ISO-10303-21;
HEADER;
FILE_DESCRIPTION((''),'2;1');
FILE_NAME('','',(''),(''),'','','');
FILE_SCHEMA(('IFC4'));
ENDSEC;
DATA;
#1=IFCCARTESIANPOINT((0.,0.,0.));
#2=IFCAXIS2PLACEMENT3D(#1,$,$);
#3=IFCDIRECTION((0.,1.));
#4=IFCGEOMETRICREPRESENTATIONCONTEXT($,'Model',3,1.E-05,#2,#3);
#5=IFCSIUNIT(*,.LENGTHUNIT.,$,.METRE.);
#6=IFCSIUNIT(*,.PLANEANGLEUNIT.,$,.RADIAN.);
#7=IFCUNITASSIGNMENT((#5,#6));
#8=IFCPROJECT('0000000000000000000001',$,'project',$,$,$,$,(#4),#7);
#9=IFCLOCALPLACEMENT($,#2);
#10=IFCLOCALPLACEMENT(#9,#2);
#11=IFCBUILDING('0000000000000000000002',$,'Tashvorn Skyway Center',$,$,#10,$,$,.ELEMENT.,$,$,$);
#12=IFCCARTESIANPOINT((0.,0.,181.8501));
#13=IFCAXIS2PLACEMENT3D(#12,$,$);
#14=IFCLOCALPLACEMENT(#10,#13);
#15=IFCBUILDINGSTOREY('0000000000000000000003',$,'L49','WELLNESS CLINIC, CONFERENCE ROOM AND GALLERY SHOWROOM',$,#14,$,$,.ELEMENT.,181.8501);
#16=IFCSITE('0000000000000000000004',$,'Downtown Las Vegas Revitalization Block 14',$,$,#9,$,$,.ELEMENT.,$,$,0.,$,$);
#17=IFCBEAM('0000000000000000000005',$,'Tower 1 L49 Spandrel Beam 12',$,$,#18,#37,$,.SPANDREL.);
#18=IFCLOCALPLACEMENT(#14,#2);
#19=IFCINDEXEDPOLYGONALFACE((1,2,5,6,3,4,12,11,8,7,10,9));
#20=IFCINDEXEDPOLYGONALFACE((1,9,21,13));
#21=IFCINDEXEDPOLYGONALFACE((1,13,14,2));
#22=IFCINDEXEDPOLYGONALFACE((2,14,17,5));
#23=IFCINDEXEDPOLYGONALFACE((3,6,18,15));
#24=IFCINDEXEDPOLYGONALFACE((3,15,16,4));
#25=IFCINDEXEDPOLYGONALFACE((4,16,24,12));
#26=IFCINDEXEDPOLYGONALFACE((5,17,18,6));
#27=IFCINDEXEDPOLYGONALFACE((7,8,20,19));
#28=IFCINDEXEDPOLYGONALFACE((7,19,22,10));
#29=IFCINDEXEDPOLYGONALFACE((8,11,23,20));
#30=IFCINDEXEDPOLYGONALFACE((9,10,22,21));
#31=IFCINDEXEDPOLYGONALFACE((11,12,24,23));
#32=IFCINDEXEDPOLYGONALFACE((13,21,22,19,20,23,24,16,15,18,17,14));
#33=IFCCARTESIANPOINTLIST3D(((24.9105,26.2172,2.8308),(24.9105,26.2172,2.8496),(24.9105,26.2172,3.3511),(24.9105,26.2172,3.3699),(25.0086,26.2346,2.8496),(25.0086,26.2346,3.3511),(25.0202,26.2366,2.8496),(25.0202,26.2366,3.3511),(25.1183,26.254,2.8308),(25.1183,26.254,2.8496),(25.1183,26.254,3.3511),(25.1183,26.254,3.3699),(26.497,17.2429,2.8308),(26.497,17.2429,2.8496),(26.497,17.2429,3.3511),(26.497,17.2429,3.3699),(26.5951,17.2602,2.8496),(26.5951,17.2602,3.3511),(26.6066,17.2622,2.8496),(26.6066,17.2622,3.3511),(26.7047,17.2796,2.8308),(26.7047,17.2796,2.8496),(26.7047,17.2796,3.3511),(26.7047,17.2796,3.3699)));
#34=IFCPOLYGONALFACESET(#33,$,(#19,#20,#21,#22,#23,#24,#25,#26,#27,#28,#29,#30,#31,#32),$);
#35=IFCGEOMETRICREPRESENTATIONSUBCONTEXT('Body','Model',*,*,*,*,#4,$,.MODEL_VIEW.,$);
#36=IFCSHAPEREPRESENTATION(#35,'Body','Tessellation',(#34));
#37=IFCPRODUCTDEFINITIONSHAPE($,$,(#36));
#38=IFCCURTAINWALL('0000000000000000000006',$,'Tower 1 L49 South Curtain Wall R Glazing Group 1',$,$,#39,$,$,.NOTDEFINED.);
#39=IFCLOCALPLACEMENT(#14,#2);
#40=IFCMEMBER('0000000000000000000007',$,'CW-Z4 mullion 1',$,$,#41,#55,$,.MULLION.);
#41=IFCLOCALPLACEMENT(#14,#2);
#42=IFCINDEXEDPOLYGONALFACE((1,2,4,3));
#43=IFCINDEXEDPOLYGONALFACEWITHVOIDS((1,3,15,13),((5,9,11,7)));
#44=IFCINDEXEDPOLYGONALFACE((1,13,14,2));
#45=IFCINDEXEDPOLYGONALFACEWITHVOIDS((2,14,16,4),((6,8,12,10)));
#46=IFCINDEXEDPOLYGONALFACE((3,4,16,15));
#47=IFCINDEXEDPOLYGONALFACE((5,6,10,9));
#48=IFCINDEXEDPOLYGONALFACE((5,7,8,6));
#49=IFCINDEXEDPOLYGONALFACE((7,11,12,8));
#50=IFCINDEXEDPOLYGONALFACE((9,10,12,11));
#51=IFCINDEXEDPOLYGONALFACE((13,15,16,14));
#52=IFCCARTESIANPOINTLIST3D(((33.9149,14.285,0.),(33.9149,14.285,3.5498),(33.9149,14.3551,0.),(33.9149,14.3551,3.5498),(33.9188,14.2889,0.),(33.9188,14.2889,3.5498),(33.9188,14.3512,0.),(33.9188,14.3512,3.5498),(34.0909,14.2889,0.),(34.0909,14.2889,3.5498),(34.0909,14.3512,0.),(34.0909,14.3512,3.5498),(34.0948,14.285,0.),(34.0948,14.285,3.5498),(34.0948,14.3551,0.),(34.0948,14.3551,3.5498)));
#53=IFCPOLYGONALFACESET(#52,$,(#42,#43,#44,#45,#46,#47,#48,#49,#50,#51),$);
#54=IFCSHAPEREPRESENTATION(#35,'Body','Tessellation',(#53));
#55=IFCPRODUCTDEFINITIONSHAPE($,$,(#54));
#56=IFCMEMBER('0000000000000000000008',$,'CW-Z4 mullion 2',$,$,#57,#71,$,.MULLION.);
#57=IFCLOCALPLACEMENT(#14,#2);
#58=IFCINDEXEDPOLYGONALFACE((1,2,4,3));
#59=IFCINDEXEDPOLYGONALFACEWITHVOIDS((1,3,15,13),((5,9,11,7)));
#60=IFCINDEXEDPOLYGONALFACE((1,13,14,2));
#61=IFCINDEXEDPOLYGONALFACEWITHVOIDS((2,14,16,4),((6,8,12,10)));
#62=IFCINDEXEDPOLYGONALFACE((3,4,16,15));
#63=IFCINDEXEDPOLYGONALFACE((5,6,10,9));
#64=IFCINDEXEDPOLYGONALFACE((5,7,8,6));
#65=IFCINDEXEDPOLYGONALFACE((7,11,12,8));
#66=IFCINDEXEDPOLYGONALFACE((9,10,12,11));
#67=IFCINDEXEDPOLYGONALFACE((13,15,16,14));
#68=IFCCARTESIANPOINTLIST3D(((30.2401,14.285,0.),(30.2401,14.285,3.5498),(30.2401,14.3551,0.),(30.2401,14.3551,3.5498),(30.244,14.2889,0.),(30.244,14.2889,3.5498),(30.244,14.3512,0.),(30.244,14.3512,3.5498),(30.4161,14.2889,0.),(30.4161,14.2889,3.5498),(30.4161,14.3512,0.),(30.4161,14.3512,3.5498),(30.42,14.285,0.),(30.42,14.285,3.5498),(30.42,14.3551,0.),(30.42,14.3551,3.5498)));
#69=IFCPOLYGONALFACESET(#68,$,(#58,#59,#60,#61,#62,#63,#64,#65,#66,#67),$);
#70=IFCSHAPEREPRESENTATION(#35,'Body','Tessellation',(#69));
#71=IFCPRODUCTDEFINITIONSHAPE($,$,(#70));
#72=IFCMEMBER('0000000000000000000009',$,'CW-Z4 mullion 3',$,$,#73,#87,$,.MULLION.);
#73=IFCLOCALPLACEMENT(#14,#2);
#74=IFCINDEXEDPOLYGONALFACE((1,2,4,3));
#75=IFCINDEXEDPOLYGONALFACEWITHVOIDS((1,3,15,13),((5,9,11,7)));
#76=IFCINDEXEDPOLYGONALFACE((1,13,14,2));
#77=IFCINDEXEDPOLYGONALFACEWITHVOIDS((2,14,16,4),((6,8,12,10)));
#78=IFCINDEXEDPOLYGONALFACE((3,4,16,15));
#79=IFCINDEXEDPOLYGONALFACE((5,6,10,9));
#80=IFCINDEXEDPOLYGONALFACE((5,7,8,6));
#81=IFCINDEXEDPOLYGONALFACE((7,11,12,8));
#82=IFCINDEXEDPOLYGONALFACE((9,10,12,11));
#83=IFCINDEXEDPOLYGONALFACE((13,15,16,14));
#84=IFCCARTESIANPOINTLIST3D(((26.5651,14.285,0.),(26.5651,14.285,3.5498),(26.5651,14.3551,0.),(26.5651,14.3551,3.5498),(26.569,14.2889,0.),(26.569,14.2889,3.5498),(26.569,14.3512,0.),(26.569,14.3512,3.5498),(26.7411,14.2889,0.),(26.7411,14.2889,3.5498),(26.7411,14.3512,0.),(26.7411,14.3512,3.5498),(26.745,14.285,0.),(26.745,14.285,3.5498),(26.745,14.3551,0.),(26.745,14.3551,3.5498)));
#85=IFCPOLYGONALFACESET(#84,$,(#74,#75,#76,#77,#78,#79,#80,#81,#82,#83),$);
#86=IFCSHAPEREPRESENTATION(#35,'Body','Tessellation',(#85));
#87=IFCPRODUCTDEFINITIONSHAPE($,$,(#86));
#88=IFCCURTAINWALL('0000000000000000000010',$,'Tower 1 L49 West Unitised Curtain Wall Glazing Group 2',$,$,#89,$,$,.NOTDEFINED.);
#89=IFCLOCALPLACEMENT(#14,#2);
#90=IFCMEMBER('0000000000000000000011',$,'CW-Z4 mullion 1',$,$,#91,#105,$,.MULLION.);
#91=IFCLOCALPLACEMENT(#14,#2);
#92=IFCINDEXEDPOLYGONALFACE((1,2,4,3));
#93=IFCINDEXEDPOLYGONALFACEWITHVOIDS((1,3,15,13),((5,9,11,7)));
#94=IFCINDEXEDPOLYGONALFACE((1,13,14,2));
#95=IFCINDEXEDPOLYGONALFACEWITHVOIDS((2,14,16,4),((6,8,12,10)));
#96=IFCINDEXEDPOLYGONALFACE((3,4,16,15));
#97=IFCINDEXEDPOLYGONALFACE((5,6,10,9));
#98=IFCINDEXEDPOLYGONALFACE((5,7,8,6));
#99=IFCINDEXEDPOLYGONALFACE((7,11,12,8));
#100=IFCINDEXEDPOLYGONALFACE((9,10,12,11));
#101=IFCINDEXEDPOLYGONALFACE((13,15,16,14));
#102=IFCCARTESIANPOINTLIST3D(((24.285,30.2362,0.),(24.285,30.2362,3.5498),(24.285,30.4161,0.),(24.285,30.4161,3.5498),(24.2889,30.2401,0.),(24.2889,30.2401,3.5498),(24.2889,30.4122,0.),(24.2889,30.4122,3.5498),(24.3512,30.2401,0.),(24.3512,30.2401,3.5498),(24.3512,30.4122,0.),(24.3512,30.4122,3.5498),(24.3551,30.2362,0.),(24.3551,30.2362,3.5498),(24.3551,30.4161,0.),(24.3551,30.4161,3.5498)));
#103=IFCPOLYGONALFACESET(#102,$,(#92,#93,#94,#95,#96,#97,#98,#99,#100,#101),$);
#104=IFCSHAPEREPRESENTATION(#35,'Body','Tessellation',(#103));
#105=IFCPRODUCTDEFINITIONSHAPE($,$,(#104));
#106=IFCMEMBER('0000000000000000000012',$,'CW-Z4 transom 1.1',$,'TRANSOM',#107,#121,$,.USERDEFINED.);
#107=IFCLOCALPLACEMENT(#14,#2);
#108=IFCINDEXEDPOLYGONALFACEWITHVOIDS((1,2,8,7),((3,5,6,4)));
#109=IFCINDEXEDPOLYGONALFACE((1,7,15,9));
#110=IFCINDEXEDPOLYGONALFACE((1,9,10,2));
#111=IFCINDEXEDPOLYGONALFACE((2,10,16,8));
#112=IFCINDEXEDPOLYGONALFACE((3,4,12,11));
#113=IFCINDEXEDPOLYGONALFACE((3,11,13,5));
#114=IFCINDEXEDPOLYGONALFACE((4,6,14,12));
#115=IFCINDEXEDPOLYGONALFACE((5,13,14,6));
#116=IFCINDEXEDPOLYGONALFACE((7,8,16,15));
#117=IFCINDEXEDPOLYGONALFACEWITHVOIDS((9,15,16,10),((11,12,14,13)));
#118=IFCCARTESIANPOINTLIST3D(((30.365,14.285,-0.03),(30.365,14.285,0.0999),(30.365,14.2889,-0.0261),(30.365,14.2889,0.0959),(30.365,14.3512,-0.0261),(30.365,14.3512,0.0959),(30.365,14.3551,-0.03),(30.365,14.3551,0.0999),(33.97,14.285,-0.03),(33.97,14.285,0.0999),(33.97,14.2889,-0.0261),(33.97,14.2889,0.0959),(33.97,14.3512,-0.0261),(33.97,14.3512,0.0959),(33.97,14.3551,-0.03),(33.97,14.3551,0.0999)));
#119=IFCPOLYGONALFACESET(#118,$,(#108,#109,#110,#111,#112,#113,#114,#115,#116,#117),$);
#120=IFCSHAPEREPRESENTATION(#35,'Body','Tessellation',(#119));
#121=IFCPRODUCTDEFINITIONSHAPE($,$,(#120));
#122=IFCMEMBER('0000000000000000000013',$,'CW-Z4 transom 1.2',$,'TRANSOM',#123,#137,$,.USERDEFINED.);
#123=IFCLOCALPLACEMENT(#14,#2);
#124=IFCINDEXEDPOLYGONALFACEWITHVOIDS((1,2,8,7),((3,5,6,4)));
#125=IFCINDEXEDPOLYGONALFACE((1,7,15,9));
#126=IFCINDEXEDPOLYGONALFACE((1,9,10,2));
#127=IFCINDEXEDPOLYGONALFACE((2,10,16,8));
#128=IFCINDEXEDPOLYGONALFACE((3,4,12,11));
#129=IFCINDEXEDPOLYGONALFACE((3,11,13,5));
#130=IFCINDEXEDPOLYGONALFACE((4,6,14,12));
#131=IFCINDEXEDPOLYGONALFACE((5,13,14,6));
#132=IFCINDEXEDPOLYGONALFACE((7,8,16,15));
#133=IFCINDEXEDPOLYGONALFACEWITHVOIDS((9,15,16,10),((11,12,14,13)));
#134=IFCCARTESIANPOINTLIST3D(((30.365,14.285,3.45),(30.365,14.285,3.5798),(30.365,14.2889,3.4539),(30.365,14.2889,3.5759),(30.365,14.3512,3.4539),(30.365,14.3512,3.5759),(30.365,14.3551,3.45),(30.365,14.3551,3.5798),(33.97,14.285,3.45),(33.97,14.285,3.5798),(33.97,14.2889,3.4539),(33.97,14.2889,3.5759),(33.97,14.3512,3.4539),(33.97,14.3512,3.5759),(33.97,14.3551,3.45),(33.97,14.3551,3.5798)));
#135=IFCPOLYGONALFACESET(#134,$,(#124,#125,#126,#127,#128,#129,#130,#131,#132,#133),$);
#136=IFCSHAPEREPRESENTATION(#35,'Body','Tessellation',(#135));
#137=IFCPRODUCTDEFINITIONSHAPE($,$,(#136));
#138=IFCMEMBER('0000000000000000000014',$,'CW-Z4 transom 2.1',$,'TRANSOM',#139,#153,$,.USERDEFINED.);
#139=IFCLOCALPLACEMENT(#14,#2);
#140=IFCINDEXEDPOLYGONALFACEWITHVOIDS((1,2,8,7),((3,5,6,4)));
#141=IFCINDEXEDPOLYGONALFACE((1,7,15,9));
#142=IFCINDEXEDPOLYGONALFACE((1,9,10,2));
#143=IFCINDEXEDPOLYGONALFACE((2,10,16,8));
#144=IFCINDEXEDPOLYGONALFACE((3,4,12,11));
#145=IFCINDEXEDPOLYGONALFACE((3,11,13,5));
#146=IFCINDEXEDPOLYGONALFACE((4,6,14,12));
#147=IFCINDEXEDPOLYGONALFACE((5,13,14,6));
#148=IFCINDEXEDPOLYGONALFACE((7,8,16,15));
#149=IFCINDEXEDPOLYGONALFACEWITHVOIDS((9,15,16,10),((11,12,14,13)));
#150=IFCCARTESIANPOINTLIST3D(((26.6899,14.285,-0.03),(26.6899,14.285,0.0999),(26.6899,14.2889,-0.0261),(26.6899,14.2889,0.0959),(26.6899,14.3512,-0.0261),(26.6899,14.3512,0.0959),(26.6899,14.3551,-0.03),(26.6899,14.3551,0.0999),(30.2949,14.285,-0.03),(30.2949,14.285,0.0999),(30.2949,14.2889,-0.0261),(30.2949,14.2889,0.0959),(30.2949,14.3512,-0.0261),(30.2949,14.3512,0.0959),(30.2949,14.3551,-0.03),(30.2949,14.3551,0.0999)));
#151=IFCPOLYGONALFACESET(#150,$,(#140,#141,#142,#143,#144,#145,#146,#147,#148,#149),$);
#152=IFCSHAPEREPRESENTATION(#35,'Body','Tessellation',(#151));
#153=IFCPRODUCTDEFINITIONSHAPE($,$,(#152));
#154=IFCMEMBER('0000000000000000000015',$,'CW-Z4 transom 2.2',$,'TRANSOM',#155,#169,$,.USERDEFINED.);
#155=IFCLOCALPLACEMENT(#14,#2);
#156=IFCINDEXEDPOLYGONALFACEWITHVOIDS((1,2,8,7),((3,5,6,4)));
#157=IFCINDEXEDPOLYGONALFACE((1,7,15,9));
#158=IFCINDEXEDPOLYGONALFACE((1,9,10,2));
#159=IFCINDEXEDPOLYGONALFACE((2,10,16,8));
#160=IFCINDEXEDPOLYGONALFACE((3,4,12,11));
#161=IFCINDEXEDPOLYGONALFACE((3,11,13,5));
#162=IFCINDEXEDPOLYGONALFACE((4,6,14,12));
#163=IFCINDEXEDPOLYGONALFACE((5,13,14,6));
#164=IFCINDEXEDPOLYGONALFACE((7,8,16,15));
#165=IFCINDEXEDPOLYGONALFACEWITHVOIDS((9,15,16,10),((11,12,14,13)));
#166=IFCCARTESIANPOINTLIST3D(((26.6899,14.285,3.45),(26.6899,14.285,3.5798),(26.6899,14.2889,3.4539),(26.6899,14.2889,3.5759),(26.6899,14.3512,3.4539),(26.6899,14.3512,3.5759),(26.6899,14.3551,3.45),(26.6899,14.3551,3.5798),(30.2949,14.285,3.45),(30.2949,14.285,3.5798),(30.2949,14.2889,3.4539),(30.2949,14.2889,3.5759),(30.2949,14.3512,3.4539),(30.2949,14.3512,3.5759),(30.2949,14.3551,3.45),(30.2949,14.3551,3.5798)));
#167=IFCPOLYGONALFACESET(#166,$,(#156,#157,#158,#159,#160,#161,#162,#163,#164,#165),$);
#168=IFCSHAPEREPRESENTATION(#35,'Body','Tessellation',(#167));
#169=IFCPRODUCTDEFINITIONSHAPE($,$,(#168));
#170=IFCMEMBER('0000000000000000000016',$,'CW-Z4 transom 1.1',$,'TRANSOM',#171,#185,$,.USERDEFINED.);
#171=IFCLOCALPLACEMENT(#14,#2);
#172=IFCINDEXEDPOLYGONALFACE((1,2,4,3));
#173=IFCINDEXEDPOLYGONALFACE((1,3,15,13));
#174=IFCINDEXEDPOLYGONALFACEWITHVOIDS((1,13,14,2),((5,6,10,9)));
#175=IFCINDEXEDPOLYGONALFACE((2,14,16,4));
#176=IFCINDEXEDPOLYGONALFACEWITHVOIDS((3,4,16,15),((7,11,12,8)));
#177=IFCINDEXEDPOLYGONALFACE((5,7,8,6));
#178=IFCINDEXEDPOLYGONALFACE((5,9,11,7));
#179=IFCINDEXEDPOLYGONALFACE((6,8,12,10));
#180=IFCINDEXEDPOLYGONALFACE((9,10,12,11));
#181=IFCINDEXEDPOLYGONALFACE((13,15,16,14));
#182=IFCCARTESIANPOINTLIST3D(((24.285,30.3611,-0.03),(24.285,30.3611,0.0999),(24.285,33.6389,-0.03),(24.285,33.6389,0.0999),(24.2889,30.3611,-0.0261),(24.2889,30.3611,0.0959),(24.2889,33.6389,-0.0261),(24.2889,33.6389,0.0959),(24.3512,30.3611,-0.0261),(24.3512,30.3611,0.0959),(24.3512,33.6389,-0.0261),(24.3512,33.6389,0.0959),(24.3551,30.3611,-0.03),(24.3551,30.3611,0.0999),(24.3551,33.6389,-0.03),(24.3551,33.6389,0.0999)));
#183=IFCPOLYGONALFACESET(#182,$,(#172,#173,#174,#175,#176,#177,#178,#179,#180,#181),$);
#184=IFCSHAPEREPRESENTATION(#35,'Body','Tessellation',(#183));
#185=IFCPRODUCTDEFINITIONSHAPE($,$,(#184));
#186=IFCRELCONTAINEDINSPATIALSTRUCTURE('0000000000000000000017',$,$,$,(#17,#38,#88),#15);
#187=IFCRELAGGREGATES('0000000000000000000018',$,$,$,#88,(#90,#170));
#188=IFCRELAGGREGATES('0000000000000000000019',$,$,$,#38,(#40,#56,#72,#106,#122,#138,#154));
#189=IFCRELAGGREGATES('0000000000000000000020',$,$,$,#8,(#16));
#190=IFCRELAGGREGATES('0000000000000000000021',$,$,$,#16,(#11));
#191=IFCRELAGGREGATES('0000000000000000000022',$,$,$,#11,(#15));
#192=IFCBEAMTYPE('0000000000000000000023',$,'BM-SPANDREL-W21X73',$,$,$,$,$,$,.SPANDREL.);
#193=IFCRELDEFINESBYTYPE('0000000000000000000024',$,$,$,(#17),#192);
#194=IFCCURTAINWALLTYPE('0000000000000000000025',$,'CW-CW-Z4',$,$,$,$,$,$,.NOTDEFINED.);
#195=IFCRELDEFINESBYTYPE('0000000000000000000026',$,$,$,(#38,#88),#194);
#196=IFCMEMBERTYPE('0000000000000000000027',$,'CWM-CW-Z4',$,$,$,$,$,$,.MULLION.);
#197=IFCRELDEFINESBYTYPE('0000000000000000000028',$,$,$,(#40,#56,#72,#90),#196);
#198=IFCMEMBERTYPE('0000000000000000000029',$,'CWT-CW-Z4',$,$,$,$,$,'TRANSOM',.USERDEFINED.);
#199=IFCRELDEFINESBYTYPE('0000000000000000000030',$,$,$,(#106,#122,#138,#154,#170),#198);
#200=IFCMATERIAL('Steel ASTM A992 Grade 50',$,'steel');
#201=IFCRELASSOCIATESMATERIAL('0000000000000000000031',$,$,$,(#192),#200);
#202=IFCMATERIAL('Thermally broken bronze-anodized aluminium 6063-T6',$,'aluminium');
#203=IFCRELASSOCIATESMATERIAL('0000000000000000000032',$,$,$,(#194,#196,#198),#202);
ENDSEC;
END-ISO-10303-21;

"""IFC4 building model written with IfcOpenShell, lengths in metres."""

from ifc_helpers import new_model, si_unit, direction, frame, origin, origin_2d, place, context, subcontext, project, spatial, hollow_rectangle, i_section, extrude, material, material_profile, profile_set, type_object, element, aggregate, save


model = new_model("IFC4")

# Units and contexts
model_context = context("Model", 3, precision=1e-05, world=origin(), true_north=direction((0.0, 1.0)))
body_context = subcontext(model_context, "Body", "Model", "MODEL_VIEW")
ifc_project = project(units=[si_unit("LENGTHUNIT", "METRE"), si_unit("PLANEANGLEUNIT", "RADIAN")], contexts=[model_context])

# Site, building, storey
site_placement = place(None, origin())
site = spatial("IfcSite", under=ifc_project, at=site_placement, Name="Downtown Las Vegas Revitalization Block 14", CompositionType="ELEMENT", RefElevation=0.0)
building_placement = place(site_placement, origin())
building = spatial("IfcBuilding", under=site, at=building_placement, Name="Tashvorn Skyway Center", CompositionType="ELEMENT")
storey_placement = place(building_placement, frame((0.0, 0.0, 181.8501)))
storey = spatial("IfcBuildingStorey", under=building, at=storey_placement, Name="L49", Description="WELLNESS CLINIC, CONFERENCE ROOM AND GALLERY SHOWROOM", CompositionType="ELEMENT", Elevation=181.8501)

# Beam
ifc_material_1 = material(Name="Steel ASTM A992 Grade 50", Category="steel")
ifc_material_profile_1 = material_profile(ifc_material_1, i_section(OverallWidth=0.2109, OverallDepth=0.5391, WebThickness=0.0117, FlangeThickness=0.0188, at=origin_2d()), Name="W21X73")
ifc_profile_set_1 = profile_set([ifc_material_profile_1], Name="Steel ASTM A992 Grade 50")
beam_type_1 = type_object("IfcBeamType", Name="BM-SPANDREL-W21X73", PredefinedType="SPANDREL", material=ifc_profile_set_1)
for number, where, z_axis, x_axis, name in (
    (1, (25.0144, 26.2356, 3.1003), (0.174074, -0.984733, 0.0), (0.984733, 0.174074, 0.0), "Tower 1 L49 Spandrel Beam 12"),
):
    element("IfcBeam", number, at=place(storey_placement, frame(where, z_axis=z_axis, x_axis=x_axis)), inside=storey, type_object=beam_type_1, Name=name, PredefinedType="SPANDREL", context=body_context, shape_type="SweptSolid", body=[
        extrude(i_section(OverallWidth=0.2109, OverallDepth=0.5391, WebThickness=0.0117, FlangeThickness=0.0188, at=origin_2d()), origin(), (0.0, 0.0, 1.0), 9.1135),
    ])

# Curtain wall, members
ifc_material_2 = material(Name="Thermally broken bronze-anodized aluminium 6063-T6", Category="aluminium")
curtain_wall_type = type_object("IfcCurtainWallType", Name="CW-CW-Z4", PredefinedType="NOTDEFINED", material=ifc_material_2)
curtain_wall_1_placement = place(storey_placement, origin())
curtain_wall_1 = element("IfcCurtainWall", 2, at=curtain_wall_1_placement, inside=storey, type_object=curtain_wall_type, Name="Tower 1 L49 South Curtain Wall R Glazing Group 1", PredefinedType="NOTDEFINED")
ifc_material_profile_2 = material_profile(ifc_material_2, hollow_rectangle(XDim=0.0701, YDim=0.1799, WallThickness=0.0039, at=origin_2d()), Name="ALU-MULL-70x180")
ifc_profile_set_2 = profile_set([ifc_material_profile_2], Name="Thermally broken bronze-anodized aluminium 6063-T6")
member_type_1 = type_object("IfcMemberType", Name="CWM-CW-Z4", PredefinedType="MULLION", material=ifc_profile_set_2)
member_1_placement = place(storey_placement, frame((34.0049, 14.3201, 0.0), z_axis=(0.0, 0.0, 1.0), x_axis=(0.0, -1.0, 0.0)))
member_1 = element("IfcMember", 3, at=member_1_placement, type_object=member_type_1, Name="CW-Z4 mullion 1", PredefinedType="MULLION", context=body_context, shape_type="SweptSolid", body=[
    extrude(hollow_rectangle(XDim=0.0701, YDim=0.1799, WallThickness=0.0039, at=origin_2d()), origin(), (0.0, 0.0, 1.0), 3.5498),
])
member_2_placement = place(storey_placement, frame((30.3301, 14.3201, 0.0), z_axis=(0.0, 0.0, 1.0), x_axis=(0.0, -1.0, 0.0)))
member_2 = element("IfcMember", 4, at=member_2_placement, type_object=member_type_1, Name="CW-Z4 mullion 2", PredefinedType="MULLION", context=body_context, shape_type="SweptSolid", body=[
    extrude(hollow_rectangle(XDim=0.0701, YDim=0.1799, WallThickness=0.0039, at=origin_2d()), origin(), (0.0, 0.0, 1.0), 3.5498),
])
member_3_placement = place(storey_placement, frame((26.655, 14.3201, 0.0), z_axis=(0.0, 0.0, 1.0), x_axis=(0.0, -1.0, 0.0)))
member_3 = element("IfcMember", 5, at=member_3_placement, type_object=member_type_1, Name="CW-Z4 mullion 3", PredefinedType="MULLION", context=body_context, shape_type="SweptSolid", body=[
    extrude(hollow_rectangle(XDim=0.0701, YDim=0.1799, WallThickness=0.0039, at=origin_2d()), origin(), (0.0, 0.0, 1.0), 3.5498),
])

# Curtain wall, member
curtain_wall_2_placement = place(storey_placement, origin())
curtain_wall_2 = element("IfcCurtainWall", 6, at=curtain_wall_2_placement, inside=storey, type_object=curtain_wall_type, Name="Tower 1 L49 West Unitised Curtain Wall Glazing Group 2", PredefinedType="NOTDEFINED")
member_4_placement = place(storey_placement, frame((24.3201, 30.3262, 0.0), z_axis=(0.0, 0.0, 1.0), x_axis=(-1.0, 0.0, 0.0)))
member_4 = element("IfcMember", 7, at=member_4_placement, type_object=member_type_1, Name="CW-Z4 mullion 1", PredefinedType="MULLION", context=body_context, shape_type="SweptSolid", body=[
    extrude(hollow_rectangle(XDim=0.0701, YDim=0.1799, WallThickness=0.0039, at=origin_2d()), origin(), (0.0, 0.0, 1.0), 3.5498),
])

# Members
ifc_material_profile_3 = material_profile(ifc_material_2, hollow_rectangle(XDim=0.0701, YDim=0.1299, WallThickness=0.0039, at=origin_2d()), Name="ALU-TRAN-70x130")
ifc_profile_set_3 = profile_set([ifc_material_profile_3], Name="Thermally broken bronze-anodized aluminium 6063-T6")
member_type_2 = type_object("IfcMemberType", Name="CWT-CW-Z4", ElementType="TRANSOM", PredefinedType="USERDEFINED", material=ifc_profile_set_3)
member_5_placement = place(storey_placement, frame((33.97, 14.3201, 0.0349), z_axis=(-1.0, 0.0, 0.0), x_axis=(0.0, -1.0, 0.0)))
member_5 = element("IfcMember", 8, at=member_5_placement, type_object=member_type_2, Name="CW-Z4 transom 1.1", ObjectType="TRANSOM", PredefinedType="USERDEFINED", context=body_context, shape_type="SweptSolid", body=[
    extrude(hollow_rectangle(XDim=0.0701, YDim=0.1299, WallThickness=0.0039, at=origin_2d()), origin(), (0.0, 0.0, 1.0), 3.605),
])
member_6_placement = place(storey_placement, frame((33.97, 14.3201, 3.5149), z_axis=(-1.0, 0.0, 0.0), x_axis=(0.0, -1.0, 0.0)))
member_6 = element("IfcMember", 9, at=member_6_placement, type_object=member_type_2, Name="CW-Z4 transom 1.2", ObjectType="TRANSOM", PredefinedType="USERDEFINED", context=body_context, shape_type="SweptSolid", body=[
    extrude(hollow_rectangle(XDim=0.0701, YDim=0.1299, WallThickness=0.0039, at=origin_2d()), origin(), (0.0, 0.0, 1.0), 3.605),
])
member_7_placement = place(storey_placement, frame((30.2949, 14.3201, 0.0349), z_axis=(-1.0, 0.0, 0.0), x_axis=(0.0, -1.0, 0.0)))
member_7 = element("IfcMember", 10, at=member_7_placement, type_object=member_type_2, Name="CW-Z4 transom 2.1", ObjectType="TRANSOM", PredefinedType="USERDEFINED", context=body_context, shape_type="SweptSolid", body=[
    extrude(hollow_rectangle(XDim=0.0701, YDim=0.1299, WallThickness=0.0039, at=origin_2d()), origin(), (0.0, 0.0, 1.0), 3.605),
])
member_8_placement = place(storey_placement, frame((30.2949, 14.3201, 3.5149), z_axis=(-1.0, 0.0, 0.0), x_axis=(0.0, -1.0, 0.0)))
member_8 = element("IfcMember", 11, at=member_8_placement, type_object=member_type_2, Name="CW-Z4 transom 2.2", ObjectType="TRANSOM", PredefinedType="USERDEFINED", context=body_context, shape_type="SweptSolid", body=[
    extrude(hollow_rectangle(XDim=0.0701, YDim=0.1299, WallThickness=0.0039, at=origin_2d()), origin(), (0.0, 0.0, 1.0), 3.605),
])
member_9_placement = place(storey_placement, frame((24.3201, 30.3611, 0.0349), z_axis=(0.0, 1.0, 0.0), x_axis=(-1.0, 0.0, 0.0)))
member_9 = element("IfcMember", 12, at=member_9_placement, type_object=member_type_2, Name="CW-Z4 transom 1.1", ObjectType="TRANSOM", PredefinedType="USERDEFINED", context=body_context, shape_type="SweptSolid", body=[
    extrude(hollow_rectangle(XDim=0.0701, YDim=0.1299, WallThickness=0.0039, at=origin_2d()), origin(), (0.0, 0.0, 1.0), 3.2778),
])
aggregate(curtain_wall_2, [member_4, member_9])

aggregate(curtain_wall_1, [member_1, member_2, member_3, member_5, member_6, member_7, member_8])

save(model, "model.ifc")
